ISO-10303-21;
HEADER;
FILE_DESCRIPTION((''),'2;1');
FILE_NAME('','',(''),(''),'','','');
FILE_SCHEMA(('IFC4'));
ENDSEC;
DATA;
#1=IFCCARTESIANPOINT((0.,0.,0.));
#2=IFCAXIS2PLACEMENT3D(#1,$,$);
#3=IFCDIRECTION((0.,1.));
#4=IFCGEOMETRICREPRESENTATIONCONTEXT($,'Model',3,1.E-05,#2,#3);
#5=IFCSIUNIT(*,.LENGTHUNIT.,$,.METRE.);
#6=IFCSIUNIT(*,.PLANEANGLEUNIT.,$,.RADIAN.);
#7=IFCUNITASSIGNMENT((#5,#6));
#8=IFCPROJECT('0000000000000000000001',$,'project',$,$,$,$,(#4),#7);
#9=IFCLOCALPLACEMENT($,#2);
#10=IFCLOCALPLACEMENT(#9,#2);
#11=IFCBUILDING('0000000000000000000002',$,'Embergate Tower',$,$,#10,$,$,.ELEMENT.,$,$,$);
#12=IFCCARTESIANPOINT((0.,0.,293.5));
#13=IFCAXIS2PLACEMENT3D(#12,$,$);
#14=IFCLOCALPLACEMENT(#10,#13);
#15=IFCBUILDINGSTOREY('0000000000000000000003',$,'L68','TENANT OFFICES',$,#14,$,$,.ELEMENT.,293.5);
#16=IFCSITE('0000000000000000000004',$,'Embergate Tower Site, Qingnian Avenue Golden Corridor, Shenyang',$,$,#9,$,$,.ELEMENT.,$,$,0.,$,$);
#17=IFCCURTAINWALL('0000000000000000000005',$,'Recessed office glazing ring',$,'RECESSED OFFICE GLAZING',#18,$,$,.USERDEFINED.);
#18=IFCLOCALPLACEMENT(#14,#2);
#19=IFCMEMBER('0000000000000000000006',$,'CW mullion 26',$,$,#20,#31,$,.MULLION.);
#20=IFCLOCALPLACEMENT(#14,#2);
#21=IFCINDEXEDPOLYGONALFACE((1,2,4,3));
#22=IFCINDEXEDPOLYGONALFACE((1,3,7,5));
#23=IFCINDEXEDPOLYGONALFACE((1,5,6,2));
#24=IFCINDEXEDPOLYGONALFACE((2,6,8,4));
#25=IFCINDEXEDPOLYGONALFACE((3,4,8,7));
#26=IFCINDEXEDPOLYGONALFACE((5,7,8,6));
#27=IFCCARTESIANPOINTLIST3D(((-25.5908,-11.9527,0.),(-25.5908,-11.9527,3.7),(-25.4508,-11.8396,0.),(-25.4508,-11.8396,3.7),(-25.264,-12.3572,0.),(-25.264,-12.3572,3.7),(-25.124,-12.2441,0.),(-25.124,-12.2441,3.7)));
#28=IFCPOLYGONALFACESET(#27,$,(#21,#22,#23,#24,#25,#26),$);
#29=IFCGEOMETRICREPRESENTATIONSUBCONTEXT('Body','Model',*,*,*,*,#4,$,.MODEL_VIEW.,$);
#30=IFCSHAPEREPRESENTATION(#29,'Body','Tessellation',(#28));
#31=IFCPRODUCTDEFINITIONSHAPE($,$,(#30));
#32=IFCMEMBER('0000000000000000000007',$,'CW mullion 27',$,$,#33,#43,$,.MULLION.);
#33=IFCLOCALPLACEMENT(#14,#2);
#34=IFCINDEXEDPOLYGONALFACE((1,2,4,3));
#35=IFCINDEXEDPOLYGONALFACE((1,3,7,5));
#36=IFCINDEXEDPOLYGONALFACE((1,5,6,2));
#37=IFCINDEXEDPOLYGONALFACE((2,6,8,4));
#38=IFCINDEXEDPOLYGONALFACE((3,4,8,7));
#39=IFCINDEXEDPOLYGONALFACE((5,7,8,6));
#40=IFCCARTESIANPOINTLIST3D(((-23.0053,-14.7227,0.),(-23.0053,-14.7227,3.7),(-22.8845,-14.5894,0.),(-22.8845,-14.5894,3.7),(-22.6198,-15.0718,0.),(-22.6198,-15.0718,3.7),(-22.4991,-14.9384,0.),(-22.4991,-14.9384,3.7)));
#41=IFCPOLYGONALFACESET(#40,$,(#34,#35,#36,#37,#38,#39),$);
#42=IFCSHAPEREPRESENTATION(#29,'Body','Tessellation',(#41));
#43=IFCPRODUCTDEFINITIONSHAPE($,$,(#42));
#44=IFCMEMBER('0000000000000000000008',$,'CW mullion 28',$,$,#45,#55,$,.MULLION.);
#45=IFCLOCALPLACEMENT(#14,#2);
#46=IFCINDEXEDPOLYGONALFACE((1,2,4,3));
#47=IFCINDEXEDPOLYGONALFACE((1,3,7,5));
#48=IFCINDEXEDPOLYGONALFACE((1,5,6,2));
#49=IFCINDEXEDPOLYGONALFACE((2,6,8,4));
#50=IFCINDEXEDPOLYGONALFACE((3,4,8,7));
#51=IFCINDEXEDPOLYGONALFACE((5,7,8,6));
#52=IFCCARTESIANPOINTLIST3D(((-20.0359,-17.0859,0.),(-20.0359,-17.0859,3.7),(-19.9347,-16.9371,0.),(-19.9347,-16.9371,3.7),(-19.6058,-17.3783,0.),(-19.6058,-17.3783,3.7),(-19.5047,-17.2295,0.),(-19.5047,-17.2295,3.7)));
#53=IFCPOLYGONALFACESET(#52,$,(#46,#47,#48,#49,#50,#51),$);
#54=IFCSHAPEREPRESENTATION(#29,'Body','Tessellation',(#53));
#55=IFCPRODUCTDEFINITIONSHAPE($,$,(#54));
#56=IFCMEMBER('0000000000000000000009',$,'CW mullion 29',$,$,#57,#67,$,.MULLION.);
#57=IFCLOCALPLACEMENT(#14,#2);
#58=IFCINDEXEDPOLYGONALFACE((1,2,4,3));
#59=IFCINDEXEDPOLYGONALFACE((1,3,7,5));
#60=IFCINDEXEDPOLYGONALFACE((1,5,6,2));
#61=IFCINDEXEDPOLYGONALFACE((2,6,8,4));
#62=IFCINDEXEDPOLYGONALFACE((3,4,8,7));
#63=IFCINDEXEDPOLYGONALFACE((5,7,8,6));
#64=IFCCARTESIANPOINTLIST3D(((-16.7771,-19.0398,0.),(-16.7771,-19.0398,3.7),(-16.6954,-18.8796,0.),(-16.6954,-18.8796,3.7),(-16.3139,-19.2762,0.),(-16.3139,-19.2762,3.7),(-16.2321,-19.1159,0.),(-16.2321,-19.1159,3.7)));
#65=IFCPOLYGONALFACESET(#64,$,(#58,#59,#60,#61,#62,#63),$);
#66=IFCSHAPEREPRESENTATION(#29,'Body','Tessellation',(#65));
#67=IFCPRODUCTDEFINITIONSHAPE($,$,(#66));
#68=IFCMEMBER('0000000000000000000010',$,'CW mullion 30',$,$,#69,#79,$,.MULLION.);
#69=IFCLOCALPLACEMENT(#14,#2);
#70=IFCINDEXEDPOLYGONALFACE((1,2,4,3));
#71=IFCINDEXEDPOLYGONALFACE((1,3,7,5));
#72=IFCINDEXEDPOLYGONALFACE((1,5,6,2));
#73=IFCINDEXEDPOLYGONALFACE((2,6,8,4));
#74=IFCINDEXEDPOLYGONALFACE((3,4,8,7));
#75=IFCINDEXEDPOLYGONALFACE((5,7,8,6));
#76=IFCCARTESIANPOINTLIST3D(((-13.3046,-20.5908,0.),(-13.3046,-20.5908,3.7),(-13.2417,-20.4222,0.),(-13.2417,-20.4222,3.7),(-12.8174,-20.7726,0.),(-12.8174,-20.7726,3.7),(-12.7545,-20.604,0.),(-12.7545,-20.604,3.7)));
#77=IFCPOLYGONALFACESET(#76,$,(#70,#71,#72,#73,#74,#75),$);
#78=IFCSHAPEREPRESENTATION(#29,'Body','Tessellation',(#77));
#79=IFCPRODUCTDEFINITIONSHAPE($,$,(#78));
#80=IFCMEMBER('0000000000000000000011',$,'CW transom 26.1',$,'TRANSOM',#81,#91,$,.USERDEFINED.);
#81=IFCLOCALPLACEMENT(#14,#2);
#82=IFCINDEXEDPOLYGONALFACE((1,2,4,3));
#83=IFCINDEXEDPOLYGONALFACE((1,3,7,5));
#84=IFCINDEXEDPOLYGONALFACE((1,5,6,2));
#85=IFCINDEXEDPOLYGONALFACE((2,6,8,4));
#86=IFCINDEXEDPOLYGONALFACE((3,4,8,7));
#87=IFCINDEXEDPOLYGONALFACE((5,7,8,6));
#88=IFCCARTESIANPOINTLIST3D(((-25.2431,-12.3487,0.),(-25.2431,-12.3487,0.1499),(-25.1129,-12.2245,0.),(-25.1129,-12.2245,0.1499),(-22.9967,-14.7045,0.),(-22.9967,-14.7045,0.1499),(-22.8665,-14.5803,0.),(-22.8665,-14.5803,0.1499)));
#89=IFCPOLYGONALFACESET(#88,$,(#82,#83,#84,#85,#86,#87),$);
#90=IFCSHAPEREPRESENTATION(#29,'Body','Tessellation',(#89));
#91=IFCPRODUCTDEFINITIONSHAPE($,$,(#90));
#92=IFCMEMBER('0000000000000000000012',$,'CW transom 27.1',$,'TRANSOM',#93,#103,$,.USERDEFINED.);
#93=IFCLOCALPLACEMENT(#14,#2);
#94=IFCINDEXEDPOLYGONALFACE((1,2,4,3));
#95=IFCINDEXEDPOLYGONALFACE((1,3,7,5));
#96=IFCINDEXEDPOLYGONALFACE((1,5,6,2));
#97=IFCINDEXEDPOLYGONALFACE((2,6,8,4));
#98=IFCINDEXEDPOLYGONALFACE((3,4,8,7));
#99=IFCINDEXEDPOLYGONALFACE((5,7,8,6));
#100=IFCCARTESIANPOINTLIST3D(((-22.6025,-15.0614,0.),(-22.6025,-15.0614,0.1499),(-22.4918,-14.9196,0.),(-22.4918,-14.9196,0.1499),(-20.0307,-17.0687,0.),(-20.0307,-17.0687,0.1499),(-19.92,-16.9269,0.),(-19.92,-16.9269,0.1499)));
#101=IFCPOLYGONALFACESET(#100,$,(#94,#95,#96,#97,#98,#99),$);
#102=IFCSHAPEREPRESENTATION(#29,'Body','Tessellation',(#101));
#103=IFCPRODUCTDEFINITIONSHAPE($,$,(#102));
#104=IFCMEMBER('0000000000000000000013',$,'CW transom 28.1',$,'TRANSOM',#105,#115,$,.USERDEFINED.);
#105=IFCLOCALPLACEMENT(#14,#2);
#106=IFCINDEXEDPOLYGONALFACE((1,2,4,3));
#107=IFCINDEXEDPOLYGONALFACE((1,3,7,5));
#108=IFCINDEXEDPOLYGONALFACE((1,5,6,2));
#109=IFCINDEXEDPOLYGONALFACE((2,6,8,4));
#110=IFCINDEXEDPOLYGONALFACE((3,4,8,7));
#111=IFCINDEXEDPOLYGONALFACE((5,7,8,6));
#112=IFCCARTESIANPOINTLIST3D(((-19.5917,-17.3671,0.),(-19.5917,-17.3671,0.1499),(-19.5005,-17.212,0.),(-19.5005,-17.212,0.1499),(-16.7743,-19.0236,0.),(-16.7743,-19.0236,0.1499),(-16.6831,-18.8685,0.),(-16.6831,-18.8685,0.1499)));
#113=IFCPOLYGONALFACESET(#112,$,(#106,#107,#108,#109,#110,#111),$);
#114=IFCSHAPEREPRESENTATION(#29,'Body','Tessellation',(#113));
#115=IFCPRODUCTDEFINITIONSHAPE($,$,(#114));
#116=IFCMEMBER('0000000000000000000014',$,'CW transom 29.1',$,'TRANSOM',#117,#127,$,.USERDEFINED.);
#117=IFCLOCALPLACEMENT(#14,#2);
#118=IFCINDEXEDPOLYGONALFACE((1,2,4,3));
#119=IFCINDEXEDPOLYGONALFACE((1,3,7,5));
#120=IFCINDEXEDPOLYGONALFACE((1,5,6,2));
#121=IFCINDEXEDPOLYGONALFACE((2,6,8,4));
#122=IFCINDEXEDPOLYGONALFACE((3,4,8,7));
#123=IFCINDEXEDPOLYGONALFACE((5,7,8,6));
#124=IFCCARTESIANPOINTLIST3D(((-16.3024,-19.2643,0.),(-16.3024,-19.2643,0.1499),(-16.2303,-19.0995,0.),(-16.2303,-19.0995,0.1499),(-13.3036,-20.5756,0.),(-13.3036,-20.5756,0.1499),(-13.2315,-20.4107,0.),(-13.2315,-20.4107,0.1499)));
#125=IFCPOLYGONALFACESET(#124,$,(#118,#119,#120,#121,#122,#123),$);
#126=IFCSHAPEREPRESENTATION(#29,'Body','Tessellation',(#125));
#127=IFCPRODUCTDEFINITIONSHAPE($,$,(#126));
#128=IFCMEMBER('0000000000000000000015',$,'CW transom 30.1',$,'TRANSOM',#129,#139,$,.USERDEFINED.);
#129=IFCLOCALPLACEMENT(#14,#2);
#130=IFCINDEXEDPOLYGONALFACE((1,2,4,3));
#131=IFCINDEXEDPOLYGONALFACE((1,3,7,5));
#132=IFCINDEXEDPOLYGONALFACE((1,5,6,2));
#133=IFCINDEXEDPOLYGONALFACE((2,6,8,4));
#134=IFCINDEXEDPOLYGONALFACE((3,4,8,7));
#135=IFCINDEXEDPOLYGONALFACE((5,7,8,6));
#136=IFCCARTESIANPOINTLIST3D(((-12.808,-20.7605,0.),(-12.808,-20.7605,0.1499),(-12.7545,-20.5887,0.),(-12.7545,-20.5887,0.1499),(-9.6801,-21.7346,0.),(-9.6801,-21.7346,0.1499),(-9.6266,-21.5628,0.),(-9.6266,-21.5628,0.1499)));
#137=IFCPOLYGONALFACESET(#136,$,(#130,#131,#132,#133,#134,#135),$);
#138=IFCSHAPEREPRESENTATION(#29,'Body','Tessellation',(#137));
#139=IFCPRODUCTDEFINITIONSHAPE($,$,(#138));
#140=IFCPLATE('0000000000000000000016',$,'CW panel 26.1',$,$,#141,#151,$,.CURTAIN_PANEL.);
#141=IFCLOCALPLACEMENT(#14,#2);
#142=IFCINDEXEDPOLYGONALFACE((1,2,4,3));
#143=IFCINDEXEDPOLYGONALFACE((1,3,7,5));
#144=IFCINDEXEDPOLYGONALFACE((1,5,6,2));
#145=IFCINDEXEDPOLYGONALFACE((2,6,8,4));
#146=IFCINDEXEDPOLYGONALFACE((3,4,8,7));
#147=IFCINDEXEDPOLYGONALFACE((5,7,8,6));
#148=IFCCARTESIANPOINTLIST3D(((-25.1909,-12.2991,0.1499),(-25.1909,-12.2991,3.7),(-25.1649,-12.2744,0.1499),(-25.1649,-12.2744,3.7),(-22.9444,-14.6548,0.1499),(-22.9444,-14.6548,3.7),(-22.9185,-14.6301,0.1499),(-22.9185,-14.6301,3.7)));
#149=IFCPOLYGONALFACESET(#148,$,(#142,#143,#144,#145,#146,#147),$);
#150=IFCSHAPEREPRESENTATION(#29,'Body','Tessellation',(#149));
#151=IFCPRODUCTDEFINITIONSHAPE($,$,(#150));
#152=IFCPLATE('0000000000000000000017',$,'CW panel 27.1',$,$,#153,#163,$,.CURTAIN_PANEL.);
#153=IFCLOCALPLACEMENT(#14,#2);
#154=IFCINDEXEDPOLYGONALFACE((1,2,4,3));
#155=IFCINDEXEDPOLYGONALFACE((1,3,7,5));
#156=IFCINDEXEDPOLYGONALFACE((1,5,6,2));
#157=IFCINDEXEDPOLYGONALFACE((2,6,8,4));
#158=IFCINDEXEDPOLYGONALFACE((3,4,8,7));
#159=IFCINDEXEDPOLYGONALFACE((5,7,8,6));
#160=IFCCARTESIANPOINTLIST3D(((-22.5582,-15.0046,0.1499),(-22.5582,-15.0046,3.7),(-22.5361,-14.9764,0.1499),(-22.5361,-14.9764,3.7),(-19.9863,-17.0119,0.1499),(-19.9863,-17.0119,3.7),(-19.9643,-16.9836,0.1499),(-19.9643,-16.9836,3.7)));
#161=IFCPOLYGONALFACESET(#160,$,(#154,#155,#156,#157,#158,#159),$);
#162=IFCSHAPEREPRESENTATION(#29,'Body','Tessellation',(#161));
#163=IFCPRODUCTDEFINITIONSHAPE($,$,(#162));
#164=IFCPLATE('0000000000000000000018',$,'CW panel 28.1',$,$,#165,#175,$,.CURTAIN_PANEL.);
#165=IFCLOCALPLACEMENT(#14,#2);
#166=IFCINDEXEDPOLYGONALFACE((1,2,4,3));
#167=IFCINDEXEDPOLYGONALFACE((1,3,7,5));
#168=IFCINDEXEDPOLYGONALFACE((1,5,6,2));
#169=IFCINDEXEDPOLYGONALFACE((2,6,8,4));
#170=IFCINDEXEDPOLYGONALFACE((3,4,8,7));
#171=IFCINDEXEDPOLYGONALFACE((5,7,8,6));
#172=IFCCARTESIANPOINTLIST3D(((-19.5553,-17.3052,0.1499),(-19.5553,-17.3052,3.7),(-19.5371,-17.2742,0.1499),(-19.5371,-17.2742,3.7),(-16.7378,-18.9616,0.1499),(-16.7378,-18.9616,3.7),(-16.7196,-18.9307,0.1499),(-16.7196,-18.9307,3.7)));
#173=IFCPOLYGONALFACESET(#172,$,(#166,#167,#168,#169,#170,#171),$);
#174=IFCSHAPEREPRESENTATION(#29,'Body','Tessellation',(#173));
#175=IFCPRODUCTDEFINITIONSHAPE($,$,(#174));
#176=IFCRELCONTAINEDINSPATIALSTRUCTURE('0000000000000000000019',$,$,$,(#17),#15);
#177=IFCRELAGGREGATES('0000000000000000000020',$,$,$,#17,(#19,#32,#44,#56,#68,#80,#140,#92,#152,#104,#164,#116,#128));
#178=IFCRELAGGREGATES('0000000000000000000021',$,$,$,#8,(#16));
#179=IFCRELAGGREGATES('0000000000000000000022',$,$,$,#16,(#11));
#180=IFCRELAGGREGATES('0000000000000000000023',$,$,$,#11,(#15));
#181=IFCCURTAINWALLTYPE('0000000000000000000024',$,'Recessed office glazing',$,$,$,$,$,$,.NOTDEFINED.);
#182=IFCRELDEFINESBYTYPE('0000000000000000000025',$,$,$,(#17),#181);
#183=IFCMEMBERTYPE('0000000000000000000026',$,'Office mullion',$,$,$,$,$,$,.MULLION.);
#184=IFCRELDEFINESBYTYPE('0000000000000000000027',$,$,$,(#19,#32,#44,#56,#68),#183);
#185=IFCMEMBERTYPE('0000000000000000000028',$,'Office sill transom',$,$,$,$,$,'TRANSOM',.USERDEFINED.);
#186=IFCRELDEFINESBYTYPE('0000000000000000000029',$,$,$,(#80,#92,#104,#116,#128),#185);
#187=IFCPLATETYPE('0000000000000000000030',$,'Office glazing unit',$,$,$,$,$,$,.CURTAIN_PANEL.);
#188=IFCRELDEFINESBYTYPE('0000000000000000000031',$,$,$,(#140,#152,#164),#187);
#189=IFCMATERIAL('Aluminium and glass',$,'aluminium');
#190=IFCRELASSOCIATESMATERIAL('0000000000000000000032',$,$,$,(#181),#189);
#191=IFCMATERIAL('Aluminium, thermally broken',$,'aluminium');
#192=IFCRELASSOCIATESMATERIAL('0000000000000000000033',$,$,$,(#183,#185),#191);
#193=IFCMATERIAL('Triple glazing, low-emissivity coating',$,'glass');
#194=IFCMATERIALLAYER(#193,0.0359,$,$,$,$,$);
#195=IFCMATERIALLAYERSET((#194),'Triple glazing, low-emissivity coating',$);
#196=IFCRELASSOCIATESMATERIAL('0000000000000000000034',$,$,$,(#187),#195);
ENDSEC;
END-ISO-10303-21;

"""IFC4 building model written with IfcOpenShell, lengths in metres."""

from ifc_helpers import new_model, si_unit, direction, frame, origin, origin_2d, place, context, subcontext, project, spatial, rectangle, extrude, source, transform, mapped, material, layer, layer_set, material_profile, profile_set, type_object, element, aggregate, save


model = new_model("IFC4")

# Units and contexts
model_context = context("Model", 3, precision=1e-05, world=origin(), true_north=direction((0.0, 1.0)))
body_context = subcontext(model_context, "Body", "Model", "MODEL_VIEW")
ifc_project = project(units=[si_unit("LENGTHUNIT", "METRE"), si_unit("PLANEANGLEUNIT", "RADIAN")], contexts=[model_context])

# Site, building, storey
site_placement = place(None, origin())
site = spatial("IfcSite", under=ifc_project, at=site_placement, Name="Embergate Tower Site, Qingnian Avenue Golden Corridor, Shenyang", CompositionType="ELEMENT", RefElevation=0.0)
building_placement = place(site_placement, origin())
building = spatial("IfcBuilding", under=site, at=building_placement, Name="Embergate Tower", CompositionType="ELEMENT")
storey_placement = place(building_placement, frame((0.0, 0.0, 293.5)))
storey = spatial("IfcBuildingStorey", under=building, at=storey_placement, Name="L68", Description="TENANT OFFICES", CompositionType="ELEMENT", Elevation=293.5)

# Curtain wall, members, plates
ifc_material_1 = material(Name="Aluminium and glass", Category="aluminium")
curtain_wall_type = type_object("IfcCurtainWallType", Name="Recessed office glazing", PredefinedType="NOTDEFINED", material=ifc_material_1)
curtain_wall_placement = place(storey_placement, origin())
curtain_wall = element("IfcCurtainWall", 1, at=curtain_wall_placement, inside=storey, type_object=curtain_wall_type, Name="Recessed office glazing ring", ObjectType="RECESSED OFFICE GLAZING", PredefinedType="USERDEFINED")
ifc_material_2 = material(Name="Aluminium, thermally broken", Category="aluminium")
ifc_material_profile_1 = material_profile(ifc_material_2, rectangle(XDim=0.1799, YDim=0.52, at=origin_2d()), Name="AL 520x180")
ifc_profile_set_1 = profile_set([ifc_material_profile_1], Name="Aluminium, thermally broken")
member_type_1 = type_object("IfcMemberType", Name="Office mullion", PredefinedType="MULLION", material=ifc_profile_set_1)
shared_shape_1 = source(origin(), body_context, "Body", "SweptSolid", [
    extrude(rectangle(XDim=0.1799, YDim=0.52, at=origin_2d()), origin(), (0.0, 0.0, 1.0), 3.7),
])
member_1_placement = place(storey_placement, frame((-25.3574, -12.0984, 0.0), z_axis=(0.0, 0.0, 1.0), x_axis=(0.777864, 0.628433, 0.0)))
member_1 = element("IfcMember", 2, at=member_1_placement, type_object=member_type_1, Name="CW mullion 26", PredefinedType="MULLION", context=body_context, shape_type="MappedRepresentation", body=[
    mapped(shared_shape_1, transform((0.0, 0.0, 0.0))),
])
member_2_placement = place(storey_placement, frame((-22.7522, -14.8306, 0.0), z_axis=(0.0, 0.0, 1.0), x_axis=(0.67122, 0.741258, 0.0)))
member_2 = element("IfcMember", 3, at=member_2_placement, type_object=member_type_1, Name="CW mullion 27", PredefinedType="MULLION", context=body_context, shape_type="MappedRepresentation", body=[
    mapped(shared_shape_1, transform((0.0, 0.0, 0.0))),
])
member_3_placement = place(storey_placement, frame((-19.7703, -17.1577, 0.0), z_axis=(0.0, 0.0, 1.0), x_axis=(0.562212, 0.826993, 0.0)))
member_3 = element("IfcMember", 4, at=member_3_placement, type_object=member_type_1, Name="CW mullion 28", PredefinedType="MULLION", context=body_context, shape_type="MappedRepresentation", body=[
    mapped(shared_shape_1, transform((0.0, 0.0, 0.0))),
])
member_4_placement = place(storey_placement, frame((-16.5046, -19.0779, 0.0), z_axis=(0.0, 0.0, 1.0), x_axis=(0.454508, 0.890743, 0.0)))
member_4 = element("IfcMember", 5, at=member_4_placement, type_object=member_type_1, Name="CW mullion 29", PredefinedType="MULLION", context=body_context, shape_type="MappedRepresentation", body=[
    mapped(shared_shape_1, transform((0.0, 0.0, 0.0))),
])
member_5_placement = place(storey_placement, frame((-13.0295, -20.5974, 0.0), z_axis=(0.0, 0.0, 1.0), x_axis=(0.349501, 0.936936, 0.0)))
member_5 = element("IfcMember", 6, at=member_5_placement, type_object=member_type_1, Name="CW mullion 30", PredefinedType="MULLION", context=body_context, shape_type="MappedRepresentation", body=[
    mapped(shared_shape_1, transform((0.0, 0.0, 0.0))),
])
ifc_material_profile_2 = material_profile(ifc_material_2, rectangle(XDim=0.1799, YDim=0.1499, at=origin_2d()), Name="AL 150x180")
ifc_profile_set_2 = profile_set([ifc_material_profile_2], Name="Aluminium, thermally broken")
member_type_2 = type_object("IfcMemberType", Name="Office sill transom", ElementType="TRANSOM", PredefinedType="USERDEFINED", material=ifc_profile_set_2)
shared_shape_2 = source(origin(), body_context, "Body", "SweptSolid", [
    extrude(rectangle(XDim=0.1799, YDim=0.1499, at=origin_2d()), origin(), (0.0, 0.0, 1.0), 3.2551),
])
member_6_placement = place(storey_placement, frame((-25.178, -12.2866, 0.075), z_axis=(0.690106, -0.723708, 0.0), x_axis=(0.723708, 0.690106, 0.0)))
member_6 = element("IfcMember", 7, at=member_6_placement, type_object=member_type_2, Name="CW transom 26.1", ObjectType="TRANSOM", PredefinedType="USERDEFINED", context=body_context, shape_type="MappedRepresentation", body=[
    mapped(shared_shape_2, transform((0.0, 0.0, 0.0))),
])
shared_shape_3 = source(origin(), body_context, "Body", "SweptSolid", [
    extrude(rectangle(XDim=0.1799, YDim=0.1499, at=origin_2d()), origin(), (0.0, 0.0, 1.0), 3.2625),
])
member_7_placement = place(storey_placement, frame((-22.5471, -14.9905, 0.075), z_axis=(0.788303, -0.615287, 0.0), x_axis=(0.615287, 0.788303, 0.0)))
member_7 = element("IfcMember", 8, at=member_7_placement, type_object=member_type_2, Name="CW transom 27.1", ObjectType="TRANSOM", PredefinedType="USERDEFINED", context=body_context, shape_type="MappedRepresentation", body=[
    mapped(shared_shape_3, transform((0.0, 0.0, 0.0))),
])
shared_shape_4 = source(origin(), body_context, "Body", "SweptSolid", [
    extrude(rectangle(XDim=0.1799, YDim=0.1499, at=origin_2d()), origin(), (0.0, 0.0, 1.0), 3.2683),
])
member_8_placement = place(storey_placement, frame((-19.5461, -17.2896, 0.075), z_axis=(0.86204, -0.506841, 0.0), x_axis=(0.506841, 0.86204, 0.0)))
member_8 = element("IfcMember", 9, at=member_8_placement, type_object=member_type_2, Name="CW transom 28.1", ObjectType="TRANSOM", PredefinedType="USERDEFINED", context=body_context, shape_type="MappedRepresentation", body=[
    mapped(shared_shape_4, transform((0.0, 0.0, 0.0))),
])
shared_shape_5 = source(origin(), body_context, "Body", "SweptSolid", [
    extrude(rectangle(XDim=0.1799, YDim=0.1499, at=origin_2d()), origin(), (0.0, 0.0, 1.0), 3.2729),
])
member_9_placement = place(storey_placement, frame((-16.2664, -19.1819, 0.075), z_axis=(0.916234, -0.400643, 0.0), x_axis=(0.400643, 0.916234, 0.0)))
member_9 = element("IfcMember", 10, at=member_9_placement, type_object=member_type_2, Name="CW transom 29.1", ObjectType="TRANSOM", PredefinedType="USERDEFINED", context=body_context, shape_type="MappedRepresentation", body=[
    mapped(shared_shape_5, transform((0.0, 0.0, 0.0))),
])
shared_shape_6 = source(origin(), body_context, "Body", "SweptSolid", [
    extrude(rectangle(XDim=0.1799, YDim=0.1499, at=origin_2d()), origin(), (0.0, 0.0, 1.0), 3.2761),
])
member_10_placement = place(storey_placement, frame((-12.7812, -20.6746, 0.075), z_axis=(0.954771, -0.297341, 0.0), x_axis=(0.297341, 0.954771, 0.0)))
member_10 = element("IfcMember", 11, at=member_10_placement, type_object=member_type_2, Name="CW transom 30.1", ObjectType="TRANSOM", PredefinedType="USERDEFINED", context=body_context, shape_type="MappedRepresentation", body=[
    mapped(shared_shape_6, transform((0.0, 0.0, 0.0))),
])
ifc_material_3 = material(Name="Triple glazing, low-emissivity coating", Category="glass")
ifc_layer = layer(ifc_material_3, 0.0359)
ifc_layer_set = layer_set([ifc_layer], Name="Triple glazing, low-emissivity coating")
plate_type = type_object("IfcPlateType", Name="Office glazing unit", PredefinedType="CURTAIN_PANEL", material=ifc_layer_set)
shared_shape_7 = source(origin(), body_context, "Body", "SweptSolid", [
    extrude(rectangle(XDim=3.2551, YDim=0.0359, at=origin_2d()), origin(), (0.0, 0.0, 1.0), 3.55),
])
plate_1_placement = place(storey_placement, frame((-24.0547, -13.4646, 0.1499), z_axis=(0.0, 0.0, 1.0), x_axis=(0.690134, -0.723682, 0.0)))
plate_1 = element("IfcPlate", 12, at=plate_1_placement, type_object=plate_type, Name="CW panel 26.1", PredefinedType="CURTAIN_PANEL", context=body_context, shape_type="MappedRepresentation", body=[
    mapped(shared_shape_7, transform((0.0, 0.0, 0.0))),
])
shared_shape_8 = source(origin(), body_context, "Body", "SweptSolid", [
    extrude(rectangle(XDim=3.2625, YDim=0.0359, at=origin_2d()), origin(), (0.0, 0.0, 1.0), 3.55),
])
plate_2_placement = place(storey_placement, frame((-21.2612, -15.9941, 0.1499), z_axis=(0.0, 0.0, 1.0), x_axis=(0.788318, -0.615268, 0.0)))
plate_2 = element("IfcPlate", 13, at=plate_2_placement, type_object=plate_type, Name="CW panel 27.1", PredefinedType="CURTAIN_PANEL", context=body_context, shape_type="MappedRepresentation", body=[
    mapped(shared_shape_8, transform((0.0, 0.0, 0.0))),
])
shared_shape_9 = source(origin(), body_context, "Body", "SweptSolid", [
    extrude(rectangle(XDim=3.2683, YDim=0.0359, at=origin_2d()), origin(), (0.0, 0.0, 1.0), 3.55),
])
plate_3_placement = place(storey_placement, frame((-18.1375, -18.1179, 0.1499), z_axis=(0.0, 0.0, 1.0), x_axis=(0.862051, -0.506821, 0.0)))
plate_3 = element("IfcPlate", 14, at=plate_3_placement, type_object=plate_type, Name="CW panel 28.1", PredefinedType="CURTAIN_PANEL", context=body_context, shape_type="MappedRepresentation", body=[
    mapped(shared_shape_9, transform((0.0, 0.0, 0.0))),
])
aggregate(curtain_wall, [member_1, member_2, member_3, member_4, member_5, member_6, plate_1, member_7, plate_2, member_8, plate_3, member_9, member_10])

save(model, "model.ifc")
